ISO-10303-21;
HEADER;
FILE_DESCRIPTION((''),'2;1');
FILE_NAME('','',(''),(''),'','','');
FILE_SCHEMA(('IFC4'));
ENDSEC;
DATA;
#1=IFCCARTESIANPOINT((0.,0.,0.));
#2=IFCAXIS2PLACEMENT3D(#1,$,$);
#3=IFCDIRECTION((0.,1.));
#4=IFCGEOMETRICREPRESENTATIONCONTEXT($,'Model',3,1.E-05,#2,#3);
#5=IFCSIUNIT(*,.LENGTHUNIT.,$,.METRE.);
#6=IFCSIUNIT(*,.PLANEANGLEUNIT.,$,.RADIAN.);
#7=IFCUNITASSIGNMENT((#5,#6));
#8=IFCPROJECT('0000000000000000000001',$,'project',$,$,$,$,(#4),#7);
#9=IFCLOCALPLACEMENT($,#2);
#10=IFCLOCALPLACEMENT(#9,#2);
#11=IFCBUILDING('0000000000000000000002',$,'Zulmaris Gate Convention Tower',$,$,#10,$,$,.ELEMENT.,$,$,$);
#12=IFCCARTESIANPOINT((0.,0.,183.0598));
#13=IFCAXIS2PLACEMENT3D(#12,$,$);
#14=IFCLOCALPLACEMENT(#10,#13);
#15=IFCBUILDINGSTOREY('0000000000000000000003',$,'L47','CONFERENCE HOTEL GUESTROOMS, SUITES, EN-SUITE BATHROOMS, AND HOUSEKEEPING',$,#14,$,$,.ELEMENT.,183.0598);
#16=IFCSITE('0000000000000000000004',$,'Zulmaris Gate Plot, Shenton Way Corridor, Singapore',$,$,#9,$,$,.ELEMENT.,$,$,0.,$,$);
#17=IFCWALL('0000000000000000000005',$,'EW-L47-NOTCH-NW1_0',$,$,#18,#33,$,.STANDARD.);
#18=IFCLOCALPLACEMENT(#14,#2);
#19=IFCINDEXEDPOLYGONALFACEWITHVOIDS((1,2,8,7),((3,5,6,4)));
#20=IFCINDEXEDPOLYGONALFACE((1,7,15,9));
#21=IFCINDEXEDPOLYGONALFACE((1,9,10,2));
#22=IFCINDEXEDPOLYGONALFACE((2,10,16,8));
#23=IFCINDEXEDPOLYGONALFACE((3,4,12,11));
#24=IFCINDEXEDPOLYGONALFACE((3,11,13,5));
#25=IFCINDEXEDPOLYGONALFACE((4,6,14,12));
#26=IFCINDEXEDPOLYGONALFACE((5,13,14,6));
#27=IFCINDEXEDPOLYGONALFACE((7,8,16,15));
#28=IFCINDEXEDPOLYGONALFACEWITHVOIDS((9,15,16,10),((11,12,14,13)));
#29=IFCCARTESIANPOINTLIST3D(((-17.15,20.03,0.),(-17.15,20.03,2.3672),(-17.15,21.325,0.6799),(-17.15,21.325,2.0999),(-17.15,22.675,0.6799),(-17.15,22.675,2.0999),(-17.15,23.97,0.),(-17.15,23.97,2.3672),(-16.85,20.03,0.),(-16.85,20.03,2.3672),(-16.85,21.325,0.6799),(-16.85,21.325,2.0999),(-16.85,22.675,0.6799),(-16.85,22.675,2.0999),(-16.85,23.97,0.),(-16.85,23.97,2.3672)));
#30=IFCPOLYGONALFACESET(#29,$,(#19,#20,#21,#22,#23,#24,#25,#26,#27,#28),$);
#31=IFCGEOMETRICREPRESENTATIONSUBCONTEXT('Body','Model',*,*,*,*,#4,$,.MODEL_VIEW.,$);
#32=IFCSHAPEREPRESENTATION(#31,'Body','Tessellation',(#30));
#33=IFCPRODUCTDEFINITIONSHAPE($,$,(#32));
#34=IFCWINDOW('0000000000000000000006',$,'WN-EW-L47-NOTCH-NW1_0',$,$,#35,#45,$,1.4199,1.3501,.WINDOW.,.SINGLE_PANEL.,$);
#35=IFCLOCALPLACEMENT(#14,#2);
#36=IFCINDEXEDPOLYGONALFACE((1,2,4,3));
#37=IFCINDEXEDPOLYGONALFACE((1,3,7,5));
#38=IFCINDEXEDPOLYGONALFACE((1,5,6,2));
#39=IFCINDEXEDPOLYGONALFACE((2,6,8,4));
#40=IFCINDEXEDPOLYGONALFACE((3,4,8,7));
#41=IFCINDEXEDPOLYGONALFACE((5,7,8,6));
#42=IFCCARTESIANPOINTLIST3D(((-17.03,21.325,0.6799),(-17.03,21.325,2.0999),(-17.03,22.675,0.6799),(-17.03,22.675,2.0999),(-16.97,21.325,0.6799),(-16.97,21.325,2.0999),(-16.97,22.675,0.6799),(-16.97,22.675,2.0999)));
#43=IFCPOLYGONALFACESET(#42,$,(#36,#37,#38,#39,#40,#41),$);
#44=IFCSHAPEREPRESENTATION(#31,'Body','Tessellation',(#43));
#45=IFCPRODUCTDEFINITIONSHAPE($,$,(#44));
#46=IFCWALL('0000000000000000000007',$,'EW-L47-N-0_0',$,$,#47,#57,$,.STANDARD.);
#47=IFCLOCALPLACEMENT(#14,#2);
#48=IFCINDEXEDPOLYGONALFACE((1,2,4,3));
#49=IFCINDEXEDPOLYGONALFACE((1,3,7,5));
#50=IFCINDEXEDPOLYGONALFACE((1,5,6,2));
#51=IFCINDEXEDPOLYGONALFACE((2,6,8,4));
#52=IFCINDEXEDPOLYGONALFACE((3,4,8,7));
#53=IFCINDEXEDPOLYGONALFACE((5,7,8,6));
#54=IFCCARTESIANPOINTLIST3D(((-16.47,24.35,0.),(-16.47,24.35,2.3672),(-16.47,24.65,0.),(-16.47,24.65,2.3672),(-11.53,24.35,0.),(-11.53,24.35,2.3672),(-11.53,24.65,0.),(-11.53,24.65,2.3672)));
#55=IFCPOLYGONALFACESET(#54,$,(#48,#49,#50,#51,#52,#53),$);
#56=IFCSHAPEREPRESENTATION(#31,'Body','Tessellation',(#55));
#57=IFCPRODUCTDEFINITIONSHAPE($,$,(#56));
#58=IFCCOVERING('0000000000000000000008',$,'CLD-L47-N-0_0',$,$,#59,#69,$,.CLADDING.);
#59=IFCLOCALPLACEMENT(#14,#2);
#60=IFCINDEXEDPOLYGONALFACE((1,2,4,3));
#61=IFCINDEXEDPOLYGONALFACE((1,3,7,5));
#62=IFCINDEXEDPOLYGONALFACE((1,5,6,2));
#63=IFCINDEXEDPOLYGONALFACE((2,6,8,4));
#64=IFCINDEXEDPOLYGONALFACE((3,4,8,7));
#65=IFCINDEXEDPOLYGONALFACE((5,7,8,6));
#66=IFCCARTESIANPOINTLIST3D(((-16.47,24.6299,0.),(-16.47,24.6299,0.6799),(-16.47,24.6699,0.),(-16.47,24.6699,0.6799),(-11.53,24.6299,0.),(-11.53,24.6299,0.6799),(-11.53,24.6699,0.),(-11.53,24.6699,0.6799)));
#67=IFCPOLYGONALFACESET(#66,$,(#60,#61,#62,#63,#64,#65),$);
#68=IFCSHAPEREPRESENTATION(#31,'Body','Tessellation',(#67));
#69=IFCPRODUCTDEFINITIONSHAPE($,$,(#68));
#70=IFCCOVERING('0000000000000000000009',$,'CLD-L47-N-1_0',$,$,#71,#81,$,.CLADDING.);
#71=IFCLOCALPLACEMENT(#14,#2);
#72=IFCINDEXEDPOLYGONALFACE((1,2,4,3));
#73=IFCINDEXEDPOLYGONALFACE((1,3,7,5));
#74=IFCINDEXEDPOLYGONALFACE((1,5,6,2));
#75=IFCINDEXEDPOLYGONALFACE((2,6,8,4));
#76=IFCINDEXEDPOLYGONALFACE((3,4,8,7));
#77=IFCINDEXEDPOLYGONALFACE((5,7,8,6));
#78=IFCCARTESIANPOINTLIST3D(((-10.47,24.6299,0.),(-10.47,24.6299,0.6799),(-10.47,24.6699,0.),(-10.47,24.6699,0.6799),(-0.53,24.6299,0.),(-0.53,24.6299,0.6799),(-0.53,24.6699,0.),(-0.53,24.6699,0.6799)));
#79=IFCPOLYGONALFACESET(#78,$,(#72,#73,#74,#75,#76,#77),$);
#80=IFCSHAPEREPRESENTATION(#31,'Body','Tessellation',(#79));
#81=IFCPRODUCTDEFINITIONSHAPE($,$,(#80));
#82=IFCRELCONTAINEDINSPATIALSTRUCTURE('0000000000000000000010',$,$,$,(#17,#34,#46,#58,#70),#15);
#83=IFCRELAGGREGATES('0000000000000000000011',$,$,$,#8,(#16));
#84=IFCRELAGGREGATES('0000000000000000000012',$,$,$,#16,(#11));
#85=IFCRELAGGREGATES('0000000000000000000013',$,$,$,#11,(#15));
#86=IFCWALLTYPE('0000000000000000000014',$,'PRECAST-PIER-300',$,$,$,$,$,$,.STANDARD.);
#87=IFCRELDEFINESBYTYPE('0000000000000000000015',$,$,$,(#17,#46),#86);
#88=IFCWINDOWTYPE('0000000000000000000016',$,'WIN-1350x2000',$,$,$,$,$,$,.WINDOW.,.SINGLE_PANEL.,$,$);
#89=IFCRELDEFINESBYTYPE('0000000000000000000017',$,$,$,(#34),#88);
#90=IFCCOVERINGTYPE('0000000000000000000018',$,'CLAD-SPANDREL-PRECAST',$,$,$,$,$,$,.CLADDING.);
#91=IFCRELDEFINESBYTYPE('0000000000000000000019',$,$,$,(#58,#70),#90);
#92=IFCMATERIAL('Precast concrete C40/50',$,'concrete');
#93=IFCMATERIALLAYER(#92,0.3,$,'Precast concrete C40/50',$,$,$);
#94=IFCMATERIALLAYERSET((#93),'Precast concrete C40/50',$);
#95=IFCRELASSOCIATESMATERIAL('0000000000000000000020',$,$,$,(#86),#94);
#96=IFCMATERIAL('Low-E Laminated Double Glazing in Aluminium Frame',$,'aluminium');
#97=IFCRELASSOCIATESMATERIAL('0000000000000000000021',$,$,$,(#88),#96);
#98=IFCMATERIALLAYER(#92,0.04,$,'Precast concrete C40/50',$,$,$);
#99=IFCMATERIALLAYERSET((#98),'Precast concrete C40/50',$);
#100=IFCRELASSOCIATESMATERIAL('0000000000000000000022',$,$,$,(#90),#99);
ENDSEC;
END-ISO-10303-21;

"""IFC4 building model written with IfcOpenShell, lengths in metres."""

from ifc_helpers import new_model, si_unit, direction, frame, frame_2d, origin, place, context, subcontext, project, spatial, rectangle, extrude, material, layer, layer_set, type_object, element, fill, save


model = new_model("IFC4")

# Units and contexts
model_context = context("Model", 3, precision=1e-05, world=origin(), true_north=direction((0.0, 1.0)))
body_context = subcontext(model_context, "Body", "Model", "MODEL_VIEW")
ifc_project = project(units=[si_unit("LENGTHUNIT", "METRE"), si_unit("PLANEANGLEUNIT", "RADIAN")], contexts=[model_context])

# Site, building, storey
site_placement = place(None, origin())
site = spatial("IfcSite", under=ifc_project, at=site_placement, Name="Zulmaris Gate Plot, Shenton Way Corridor, Singapore", CompositionType="ELEMENT", RefElevation=0.0)
building_placement = place(site_placement, origin())
building = spatial("IfcBuilding", under=site, at=building_placement, Name="Zulmaris Gate Convention Tower", CompositionType="ELEMENT")
storey_placement = place(building_placement, frame((0.0, 0.0, 183.0598)))
storey = spatial("IfcBuildingStorey", under=building, at=storey_placement, Name="L47", Description="CONFERENCE HOTEL GUESTROOMS, SUITES, EN-SUITE BATHROOMS, AND HOUSEKEEPING", CompositionType="ELEMENT", Elevation=183.0598)

# Wall, opening, window
ifc_material_1 = material(Name="Precast concrete C40/50", Category="concrete")
ifc_layer_1 = layer(ifc_material_1, 0.3, Name="Precast concrete C40/50")
ifc_layer_set_1 = layer_set([ifc_layer_1], Name="Precast concrete C40/50")
wall_type_1 = type_object("IfcWallType", Name="PRECAST-PIER-300", PredefinedType="STANDARD", material=ifc_layer_set_1)
wall_1_placement = place(storey_placement, frame((-17.0, 23.97, 0.0), z_axis=(0.0, 0.0, 1.0), x_axis=(0.0, -1.0, 0.0)))
wall_1 = element("IfcWall", 1, at=wall_1_placement, inside=storey, type_object=wall_type_1, Name="EW-L47-NOTCH-NW1_0", PredefinedType="STANDARD", context=body_context, shape_type="SweptSolid", body=[
    extrude(rectangle(XDim=3.9399, YDim=0.3, at=frame_2d((1.97, 0.0))), origin(), (0.0, 0.0, 1.0), 2.3672),
])
opening_1_placement = place(wall_1_placement, frame((1.2949, 0.0, 0.6799)))
opening_1 = element("IfcOpeningElement", 2, at=opening_1_placement, cuts=wall_1, PredefinedType="OPENING", context=body_context, shape_type="SweptSolid", body=[
    extrude(rectangle(XDim=1.3501, YDim=1.4199, at=frame_2d((0.675, 0.71))), frame((0.0, 0.1602, 0.0), z_axis=(0.0, -1.0, 0.0), x_axis=(1.0, 0.0, 0.0)), (0.0, 0.0, 1.0), 0.3201),
])
ifc_material_2 = material(Name="Low-E Laminated Double Glazing in Aluminium Frame", Category="aluminium")
window_type = type_object("IfcWindowType", Name="WIN-1350x2000", PartitioningType="SINGLE_PANEL", PredefinedType="WINDOW", material=ifc_material_2)
window_placement = place(opening_1_placement, origin())
window = element("IfcWindow", 3, at=window_placement, inside=storey, type_object=window_type, Name="WN-EW-L47-NOTCH-NW1_0", OverallHeight=1.4199, OverallWidth=1.3501, PartitioningType="SINGLE_PANEL", PredefinedType="WINDOW", context=body_context, shape_type="SweptSolid", body=[
    extrude(rectangle(XDim=1.3501, YDim=1.4199, at=frame_2d((0.675, 0.71))), frame((0.0, 0.03, 0.0), z_axis=(0.0, -1.0, 0.0), x_axis=(1.0, 0.0, 0.0)), (0.0, 0.0, 1.0), 0.0601),
])
fill(opening_1, window)

# Wall
wall_2_placement = place(storey_placement, frame((-11.53, 24.5, 0.0), z_axis=(0.0, 0.0, 1.0), x_axis=(-1.0, 0.0, 0.0)))
element("IfcWall", 4, at=wall_2_placement, inside=storey, type_object=wall_type_1, Name="EW-L47-N-0_0", PredefinedType="STANDARD", context=body_context, shape_type="SweptSolid", body=[
    extrude(rectangle(XDim=4.9399, YDim=0.3, at=frame_2d((2.47, 0.0))), origin(), (0.0, 0.0, 1.0), 2.3672),
])

# Coverings
ifc_layer_2 = layer(ifc_material_1, 0.04, Name="Precast concrete C40/50")
ifc_layer_set_2 = layer_set([ifc_layer_2], Name="Precast concrete C40/50")
covering_type = type_object("IfcCoveringType", Name="CLAD-SPANDREL-PRECAST", PredefinedType="CLADDING", material=ifc_layer_set_2)
covering_1_placement = place(storey_placement, frame((-11.53, 24.6499, 0.0), z_axis=(0.0, 0.0, 1.0), x_axis=(-1.0, 0.0, 0.0)))
element("IfcCovering", 5, at=covering_1_placement, inside=storey, type_object=covering_type, Name="CLD-L47-N-0_0", PredefinedType="CLADDING", context=body_context, shape_type="SweptSolid", body=[
    extrude(rectangle(XDim=4.9399, YDim=0.04, at=frame_2d((2.47, 0.0))), origin(), (0.0, 0.0, 1.0), 0.6799),
])
covering_2_placement = place(storey_placement, frame((-0.53, 24.6499, 0.0), z_axis=(0.0, 0.0, 1.0), x_axis=(-1.0, 0.0, 0.0)))
element("IfcCovering", 6, at=covering_2_placement, inside=storey, type_object=covering_type, Name="CLD-L47-N-1_0", PredefinedType="CLADDING", context=body_context, shape_type="SweptSolid", body=[
    extrude(rectangle(XDim=9.9399, YDim=0.04, at=frame_2d((4.97, 0.0))), origin(), (0.0, 0.0, 1.0), 0.6799),
])

save(model, "model.ifc")
